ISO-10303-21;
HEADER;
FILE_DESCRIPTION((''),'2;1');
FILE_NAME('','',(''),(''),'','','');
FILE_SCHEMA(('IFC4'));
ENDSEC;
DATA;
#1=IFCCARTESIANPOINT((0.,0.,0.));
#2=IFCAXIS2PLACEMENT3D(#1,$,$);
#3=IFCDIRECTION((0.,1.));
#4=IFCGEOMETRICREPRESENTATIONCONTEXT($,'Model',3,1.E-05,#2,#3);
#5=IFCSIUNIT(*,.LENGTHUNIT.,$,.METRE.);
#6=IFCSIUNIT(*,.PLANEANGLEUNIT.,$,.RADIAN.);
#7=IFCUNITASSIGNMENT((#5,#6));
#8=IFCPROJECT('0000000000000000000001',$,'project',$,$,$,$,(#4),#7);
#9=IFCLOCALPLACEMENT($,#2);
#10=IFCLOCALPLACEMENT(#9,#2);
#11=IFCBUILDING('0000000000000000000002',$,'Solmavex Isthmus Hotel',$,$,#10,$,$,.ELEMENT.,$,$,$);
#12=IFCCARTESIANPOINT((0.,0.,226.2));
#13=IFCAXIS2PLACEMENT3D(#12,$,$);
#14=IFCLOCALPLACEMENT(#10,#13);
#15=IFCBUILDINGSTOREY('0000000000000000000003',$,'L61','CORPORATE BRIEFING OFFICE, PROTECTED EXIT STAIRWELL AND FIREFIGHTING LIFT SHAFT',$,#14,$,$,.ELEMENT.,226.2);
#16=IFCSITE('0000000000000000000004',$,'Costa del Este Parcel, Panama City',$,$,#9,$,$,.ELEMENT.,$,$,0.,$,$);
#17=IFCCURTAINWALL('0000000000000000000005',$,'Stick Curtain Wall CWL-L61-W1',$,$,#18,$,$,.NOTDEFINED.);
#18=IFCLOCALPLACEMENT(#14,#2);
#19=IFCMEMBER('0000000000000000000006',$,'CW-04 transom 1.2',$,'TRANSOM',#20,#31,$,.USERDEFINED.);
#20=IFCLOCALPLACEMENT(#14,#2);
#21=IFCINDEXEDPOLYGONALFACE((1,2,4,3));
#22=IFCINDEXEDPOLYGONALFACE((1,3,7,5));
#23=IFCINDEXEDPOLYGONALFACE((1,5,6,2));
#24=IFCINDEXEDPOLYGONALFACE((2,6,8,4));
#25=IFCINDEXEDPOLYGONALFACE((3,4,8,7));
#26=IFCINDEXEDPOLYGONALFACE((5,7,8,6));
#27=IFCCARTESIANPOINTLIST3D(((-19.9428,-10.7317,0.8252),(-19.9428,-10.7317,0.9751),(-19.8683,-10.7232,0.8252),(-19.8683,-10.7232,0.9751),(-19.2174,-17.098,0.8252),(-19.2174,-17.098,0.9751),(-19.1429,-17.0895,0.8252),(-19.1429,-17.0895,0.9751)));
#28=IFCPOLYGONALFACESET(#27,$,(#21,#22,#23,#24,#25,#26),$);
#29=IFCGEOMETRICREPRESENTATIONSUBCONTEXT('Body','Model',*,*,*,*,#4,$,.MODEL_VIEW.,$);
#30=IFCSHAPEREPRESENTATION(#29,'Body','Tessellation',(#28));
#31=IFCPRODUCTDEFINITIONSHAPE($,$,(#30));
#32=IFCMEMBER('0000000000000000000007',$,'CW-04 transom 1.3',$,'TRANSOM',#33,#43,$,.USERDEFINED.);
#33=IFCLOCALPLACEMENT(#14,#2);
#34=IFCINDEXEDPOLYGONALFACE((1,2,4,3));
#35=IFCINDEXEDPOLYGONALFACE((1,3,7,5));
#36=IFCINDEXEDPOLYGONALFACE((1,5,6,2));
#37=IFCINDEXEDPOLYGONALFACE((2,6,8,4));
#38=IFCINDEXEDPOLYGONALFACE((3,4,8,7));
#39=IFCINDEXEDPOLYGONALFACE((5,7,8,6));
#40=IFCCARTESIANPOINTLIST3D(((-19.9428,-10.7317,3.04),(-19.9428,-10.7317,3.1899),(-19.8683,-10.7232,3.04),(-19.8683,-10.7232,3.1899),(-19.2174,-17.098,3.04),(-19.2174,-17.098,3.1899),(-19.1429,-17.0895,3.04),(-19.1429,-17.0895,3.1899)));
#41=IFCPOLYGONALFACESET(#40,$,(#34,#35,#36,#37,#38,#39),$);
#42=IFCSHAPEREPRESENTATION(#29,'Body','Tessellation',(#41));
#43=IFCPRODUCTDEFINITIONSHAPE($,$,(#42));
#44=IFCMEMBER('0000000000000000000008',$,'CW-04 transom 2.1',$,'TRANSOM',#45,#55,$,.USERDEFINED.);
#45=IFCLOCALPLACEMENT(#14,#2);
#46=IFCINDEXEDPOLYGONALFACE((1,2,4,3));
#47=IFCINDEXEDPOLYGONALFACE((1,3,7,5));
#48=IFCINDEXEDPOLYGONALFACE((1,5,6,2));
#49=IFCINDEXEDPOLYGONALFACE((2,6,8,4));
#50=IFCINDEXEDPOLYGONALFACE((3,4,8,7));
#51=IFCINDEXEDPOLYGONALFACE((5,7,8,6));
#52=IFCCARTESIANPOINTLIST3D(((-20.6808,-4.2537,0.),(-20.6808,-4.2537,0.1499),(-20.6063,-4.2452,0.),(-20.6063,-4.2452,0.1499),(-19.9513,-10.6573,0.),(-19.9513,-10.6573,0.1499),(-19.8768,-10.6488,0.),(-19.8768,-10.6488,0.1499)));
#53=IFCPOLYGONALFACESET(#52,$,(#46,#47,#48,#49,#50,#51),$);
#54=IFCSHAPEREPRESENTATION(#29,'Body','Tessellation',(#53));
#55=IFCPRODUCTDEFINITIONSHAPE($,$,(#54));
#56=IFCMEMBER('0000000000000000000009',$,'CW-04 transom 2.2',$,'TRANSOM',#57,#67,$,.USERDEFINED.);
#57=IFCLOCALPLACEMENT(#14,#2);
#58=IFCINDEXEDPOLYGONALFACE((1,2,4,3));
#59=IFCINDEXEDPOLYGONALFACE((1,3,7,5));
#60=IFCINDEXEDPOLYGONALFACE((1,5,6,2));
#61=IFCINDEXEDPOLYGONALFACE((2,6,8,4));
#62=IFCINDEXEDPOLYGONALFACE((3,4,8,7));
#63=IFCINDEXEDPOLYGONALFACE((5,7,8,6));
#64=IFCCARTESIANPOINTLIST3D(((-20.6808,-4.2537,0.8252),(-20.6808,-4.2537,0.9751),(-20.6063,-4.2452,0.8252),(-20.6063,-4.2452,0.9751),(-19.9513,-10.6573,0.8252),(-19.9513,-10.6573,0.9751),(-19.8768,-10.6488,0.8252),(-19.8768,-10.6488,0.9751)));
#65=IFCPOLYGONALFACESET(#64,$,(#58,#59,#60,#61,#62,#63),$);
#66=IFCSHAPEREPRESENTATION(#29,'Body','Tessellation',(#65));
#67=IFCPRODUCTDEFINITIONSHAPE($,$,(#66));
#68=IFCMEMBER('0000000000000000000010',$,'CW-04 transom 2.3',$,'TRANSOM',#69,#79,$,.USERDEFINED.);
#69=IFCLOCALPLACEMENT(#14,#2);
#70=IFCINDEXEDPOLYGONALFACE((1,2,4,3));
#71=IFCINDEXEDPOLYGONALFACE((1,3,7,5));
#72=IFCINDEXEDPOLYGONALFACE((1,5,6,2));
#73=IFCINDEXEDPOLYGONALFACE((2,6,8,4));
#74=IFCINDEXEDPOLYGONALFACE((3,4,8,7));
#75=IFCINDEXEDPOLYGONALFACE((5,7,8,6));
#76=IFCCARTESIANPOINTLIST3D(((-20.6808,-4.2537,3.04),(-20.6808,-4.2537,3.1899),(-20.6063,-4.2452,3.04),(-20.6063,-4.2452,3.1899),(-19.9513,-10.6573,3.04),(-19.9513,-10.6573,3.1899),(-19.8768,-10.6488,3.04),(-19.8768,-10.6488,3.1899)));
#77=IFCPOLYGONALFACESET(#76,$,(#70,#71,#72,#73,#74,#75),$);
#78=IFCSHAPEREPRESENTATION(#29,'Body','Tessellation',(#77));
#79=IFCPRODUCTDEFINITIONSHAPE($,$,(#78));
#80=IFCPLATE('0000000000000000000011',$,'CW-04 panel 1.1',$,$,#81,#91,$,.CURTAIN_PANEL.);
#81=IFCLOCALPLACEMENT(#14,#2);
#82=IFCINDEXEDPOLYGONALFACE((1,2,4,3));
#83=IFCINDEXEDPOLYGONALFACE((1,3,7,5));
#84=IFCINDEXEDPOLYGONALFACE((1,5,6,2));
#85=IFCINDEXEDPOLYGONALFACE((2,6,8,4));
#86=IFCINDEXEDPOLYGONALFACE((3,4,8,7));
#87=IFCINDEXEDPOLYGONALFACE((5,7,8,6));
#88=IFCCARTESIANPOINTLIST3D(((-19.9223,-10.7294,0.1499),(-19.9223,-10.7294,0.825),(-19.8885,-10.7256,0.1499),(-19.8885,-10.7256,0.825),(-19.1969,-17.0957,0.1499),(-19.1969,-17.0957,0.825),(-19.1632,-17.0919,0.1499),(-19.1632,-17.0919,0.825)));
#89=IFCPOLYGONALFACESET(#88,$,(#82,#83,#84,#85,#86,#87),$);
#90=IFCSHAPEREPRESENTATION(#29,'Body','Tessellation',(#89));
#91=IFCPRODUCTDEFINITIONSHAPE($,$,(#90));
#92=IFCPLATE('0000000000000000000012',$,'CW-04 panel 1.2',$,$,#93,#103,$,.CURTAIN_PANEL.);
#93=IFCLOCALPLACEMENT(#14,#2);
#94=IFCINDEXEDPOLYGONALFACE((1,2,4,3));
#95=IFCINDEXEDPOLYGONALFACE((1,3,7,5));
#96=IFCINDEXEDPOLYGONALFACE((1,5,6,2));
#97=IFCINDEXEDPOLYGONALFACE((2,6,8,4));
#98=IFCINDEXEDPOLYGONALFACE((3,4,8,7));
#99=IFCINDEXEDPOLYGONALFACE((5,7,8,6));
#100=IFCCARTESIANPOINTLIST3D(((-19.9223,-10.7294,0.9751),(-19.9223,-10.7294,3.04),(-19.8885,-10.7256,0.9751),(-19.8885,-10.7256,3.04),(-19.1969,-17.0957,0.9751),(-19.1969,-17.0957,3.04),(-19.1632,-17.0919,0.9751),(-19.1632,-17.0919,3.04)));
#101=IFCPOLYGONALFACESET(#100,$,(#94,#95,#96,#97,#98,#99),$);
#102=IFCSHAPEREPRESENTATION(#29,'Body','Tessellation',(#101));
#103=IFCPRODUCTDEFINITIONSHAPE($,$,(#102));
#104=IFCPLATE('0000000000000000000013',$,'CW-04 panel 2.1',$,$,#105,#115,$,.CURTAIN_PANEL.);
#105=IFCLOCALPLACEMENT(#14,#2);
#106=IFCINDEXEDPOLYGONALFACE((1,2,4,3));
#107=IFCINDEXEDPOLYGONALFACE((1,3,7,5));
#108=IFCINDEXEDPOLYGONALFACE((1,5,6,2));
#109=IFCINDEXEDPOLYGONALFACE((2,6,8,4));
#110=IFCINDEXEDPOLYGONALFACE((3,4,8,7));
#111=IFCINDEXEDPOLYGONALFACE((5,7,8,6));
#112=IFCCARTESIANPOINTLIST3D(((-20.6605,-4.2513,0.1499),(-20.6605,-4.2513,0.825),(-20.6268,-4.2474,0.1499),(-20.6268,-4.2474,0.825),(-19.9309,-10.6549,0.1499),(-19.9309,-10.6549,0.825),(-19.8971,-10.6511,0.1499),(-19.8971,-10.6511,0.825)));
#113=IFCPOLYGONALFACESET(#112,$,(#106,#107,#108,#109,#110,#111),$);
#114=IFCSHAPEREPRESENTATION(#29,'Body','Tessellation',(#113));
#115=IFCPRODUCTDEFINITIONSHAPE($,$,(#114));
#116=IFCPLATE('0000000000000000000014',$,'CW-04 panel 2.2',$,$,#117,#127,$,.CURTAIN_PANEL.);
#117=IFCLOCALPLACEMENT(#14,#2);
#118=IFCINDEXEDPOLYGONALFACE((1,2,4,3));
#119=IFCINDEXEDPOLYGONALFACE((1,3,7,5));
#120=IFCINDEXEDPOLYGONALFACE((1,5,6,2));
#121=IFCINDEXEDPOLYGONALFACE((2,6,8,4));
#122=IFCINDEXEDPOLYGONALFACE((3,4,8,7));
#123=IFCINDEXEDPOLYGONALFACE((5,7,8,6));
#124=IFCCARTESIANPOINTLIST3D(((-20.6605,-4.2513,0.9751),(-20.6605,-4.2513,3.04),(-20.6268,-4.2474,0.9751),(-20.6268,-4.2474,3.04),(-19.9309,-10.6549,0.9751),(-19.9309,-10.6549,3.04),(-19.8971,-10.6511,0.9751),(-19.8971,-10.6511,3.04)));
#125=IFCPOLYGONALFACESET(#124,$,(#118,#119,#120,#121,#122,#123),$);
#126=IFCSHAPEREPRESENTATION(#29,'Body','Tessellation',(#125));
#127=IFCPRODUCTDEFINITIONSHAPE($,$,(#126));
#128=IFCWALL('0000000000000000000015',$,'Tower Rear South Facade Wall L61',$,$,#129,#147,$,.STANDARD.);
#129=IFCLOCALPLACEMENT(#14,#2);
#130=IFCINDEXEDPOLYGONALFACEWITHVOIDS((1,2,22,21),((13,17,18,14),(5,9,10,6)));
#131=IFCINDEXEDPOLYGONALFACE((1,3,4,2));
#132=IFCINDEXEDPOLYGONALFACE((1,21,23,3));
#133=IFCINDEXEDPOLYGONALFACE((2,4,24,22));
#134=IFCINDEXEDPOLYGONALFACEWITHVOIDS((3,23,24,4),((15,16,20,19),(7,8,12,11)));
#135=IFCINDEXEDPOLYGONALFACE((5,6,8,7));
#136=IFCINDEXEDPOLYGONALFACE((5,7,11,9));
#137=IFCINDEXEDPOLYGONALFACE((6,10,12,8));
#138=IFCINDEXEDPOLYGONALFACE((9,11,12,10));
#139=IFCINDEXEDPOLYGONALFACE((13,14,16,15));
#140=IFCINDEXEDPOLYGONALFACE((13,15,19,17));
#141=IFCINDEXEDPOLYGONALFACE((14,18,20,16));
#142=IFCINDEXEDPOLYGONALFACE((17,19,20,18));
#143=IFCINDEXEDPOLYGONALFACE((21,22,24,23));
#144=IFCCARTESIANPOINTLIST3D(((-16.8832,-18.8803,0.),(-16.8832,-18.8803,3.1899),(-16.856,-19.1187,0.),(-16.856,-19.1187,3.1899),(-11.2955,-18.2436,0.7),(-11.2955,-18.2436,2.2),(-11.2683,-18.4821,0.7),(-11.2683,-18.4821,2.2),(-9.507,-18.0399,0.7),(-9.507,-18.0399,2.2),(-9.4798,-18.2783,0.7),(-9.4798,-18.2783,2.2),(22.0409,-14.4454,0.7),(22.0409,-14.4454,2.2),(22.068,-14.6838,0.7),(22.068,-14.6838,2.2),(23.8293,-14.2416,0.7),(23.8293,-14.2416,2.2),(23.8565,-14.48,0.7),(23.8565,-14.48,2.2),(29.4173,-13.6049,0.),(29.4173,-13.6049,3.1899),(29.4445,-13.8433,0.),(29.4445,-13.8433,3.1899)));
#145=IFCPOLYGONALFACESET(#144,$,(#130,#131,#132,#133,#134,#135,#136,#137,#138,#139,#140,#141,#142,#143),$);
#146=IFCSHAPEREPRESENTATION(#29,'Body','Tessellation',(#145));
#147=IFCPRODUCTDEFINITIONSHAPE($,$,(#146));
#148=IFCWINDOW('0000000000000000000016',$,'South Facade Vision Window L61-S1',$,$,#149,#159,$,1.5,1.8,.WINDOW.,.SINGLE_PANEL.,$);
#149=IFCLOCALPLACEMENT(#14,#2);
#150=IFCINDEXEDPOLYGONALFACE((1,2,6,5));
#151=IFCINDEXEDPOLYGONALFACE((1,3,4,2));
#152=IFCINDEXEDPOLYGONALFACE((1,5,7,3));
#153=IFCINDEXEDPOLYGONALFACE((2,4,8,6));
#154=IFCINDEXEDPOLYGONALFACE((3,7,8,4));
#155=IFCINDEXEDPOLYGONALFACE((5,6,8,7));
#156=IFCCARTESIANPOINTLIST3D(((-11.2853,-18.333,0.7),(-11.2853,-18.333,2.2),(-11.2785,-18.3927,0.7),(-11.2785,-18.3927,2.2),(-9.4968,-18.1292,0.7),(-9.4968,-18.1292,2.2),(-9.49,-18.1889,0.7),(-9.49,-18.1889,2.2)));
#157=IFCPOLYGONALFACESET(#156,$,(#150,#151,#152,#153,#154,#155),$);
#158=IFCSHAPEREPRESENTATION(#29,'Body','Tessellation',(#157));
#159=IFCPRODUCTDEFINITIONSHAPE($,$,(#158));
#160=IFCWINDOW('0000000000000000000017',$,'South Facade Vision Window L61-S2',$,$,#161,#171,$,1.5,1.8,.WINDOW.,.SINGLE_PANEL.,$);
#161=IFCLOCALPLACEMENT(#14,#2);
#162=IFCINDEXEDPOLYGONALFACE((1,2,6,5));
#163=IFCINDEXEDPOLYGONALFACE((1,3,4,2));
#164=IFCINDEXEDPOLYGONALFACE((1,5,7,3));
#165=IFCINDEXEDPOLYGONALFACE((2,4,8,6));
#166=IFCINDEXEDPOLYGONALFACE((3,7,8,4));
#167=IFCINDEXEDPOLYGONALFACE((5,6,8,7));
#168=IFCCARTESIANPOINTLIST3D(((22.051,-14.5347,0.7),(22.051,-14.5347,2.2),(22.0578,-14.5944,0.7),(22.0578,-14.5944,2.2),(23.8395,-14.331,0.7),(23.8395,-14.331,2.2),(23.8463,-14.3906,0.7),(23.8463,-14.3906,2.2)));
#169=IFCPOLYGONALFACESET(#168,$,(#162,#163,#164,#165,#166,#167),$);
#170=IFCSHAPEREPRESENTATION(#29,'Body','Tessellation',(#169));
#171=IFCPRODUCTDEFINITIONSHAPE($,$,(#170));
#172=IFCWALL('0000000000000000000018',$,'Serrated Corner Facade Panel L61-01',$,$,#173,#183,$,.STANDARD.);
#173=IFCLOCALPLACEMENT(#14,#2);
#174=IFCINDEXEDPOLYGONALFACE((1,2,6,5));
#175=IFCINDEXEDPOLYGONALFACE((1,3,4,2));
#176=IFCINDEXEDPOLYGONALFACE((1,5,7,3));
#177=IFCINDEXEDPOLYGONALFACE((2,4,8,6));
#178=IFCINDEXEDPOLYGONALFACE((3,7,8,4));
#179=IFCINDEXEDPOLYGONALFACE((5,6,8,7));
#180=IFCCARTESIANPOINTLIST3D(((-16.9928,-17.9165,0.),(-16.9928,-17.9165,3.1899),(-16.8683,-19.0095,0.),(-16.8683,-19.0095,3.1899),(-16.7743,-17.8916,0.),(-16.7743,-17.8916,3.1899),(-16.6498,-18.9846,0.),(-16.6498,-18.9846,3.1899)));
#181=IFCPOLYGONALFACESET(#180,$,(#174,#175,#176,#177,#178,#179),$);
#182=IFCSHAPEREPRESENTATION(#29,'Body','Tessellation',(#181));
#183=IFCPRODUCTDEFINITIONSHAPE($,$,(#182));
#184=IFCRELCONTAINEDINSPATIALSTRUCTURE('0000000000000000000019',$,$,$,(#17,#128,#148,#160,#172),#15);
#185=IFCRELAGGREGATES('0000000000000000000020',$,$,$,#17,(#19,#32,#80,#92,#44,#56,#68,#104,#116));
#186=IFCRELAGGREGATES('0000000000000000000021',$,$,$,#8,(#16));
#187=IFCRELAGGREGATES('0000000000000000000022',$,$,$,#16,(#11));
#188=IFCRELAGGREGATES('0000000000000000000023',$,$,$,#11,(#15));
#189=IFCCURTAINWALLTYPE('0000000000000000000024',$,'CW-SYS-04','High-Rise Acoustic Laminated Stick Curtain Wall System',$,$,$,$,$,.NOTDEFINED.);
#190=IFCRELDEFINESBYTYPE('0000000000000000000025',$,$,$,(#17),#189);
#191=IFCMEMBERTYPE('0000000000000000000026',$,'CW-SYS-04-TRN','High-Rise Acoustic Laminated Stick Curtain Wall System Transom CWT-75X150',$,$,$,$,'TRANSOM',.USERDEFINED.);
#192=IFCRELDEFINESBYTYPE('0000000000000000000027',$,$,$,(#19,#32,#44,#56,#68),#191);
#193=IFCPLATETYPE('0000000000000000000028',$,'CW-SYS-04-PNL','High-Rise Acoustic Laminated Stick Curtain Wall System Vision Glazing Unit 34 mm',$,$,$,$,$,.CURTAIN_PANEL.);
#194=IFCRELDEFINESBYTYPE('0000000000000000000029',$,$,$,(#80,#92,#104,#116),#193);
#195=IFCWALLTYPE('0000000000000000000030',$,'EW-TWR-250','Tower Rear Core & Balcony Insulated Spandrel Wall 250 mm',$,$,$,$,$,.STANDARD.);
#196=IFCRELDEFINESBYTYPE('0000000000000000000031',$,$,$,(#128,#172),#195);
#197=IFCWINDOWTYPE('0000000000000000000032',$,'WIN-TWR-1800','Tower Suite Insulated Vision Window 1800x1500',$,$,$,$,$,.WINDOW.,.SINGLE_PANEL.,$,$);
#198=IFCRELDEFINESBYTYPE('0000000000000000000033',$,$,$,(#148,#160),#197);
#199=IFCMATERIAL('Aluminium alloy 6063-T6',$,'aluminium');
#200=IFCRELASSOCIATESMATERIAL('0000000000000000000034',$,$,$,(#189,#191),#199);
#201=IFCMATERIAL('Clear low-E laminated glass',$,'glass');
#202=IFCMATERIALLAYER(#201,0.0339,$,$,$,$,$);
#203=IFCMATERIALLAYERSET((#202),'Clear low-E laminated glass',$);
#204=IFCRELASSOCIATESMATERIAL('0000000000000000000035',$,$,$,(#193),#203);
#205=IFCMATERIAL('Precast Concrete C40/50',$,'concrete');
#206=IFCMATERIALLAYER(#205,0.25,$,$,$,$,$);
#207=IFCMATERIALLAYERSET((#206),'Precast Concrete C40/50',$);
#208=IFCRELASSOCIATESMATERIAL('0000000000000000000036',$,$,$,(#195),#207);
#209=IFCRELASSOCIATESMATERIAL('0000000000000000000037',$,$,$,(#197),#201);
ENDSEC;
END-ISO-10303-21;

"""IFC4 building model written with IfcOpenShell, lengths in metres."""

from ifc_helpers import new_model, si_unit, direction, frame, frame_2d, origin, origin_2d, place, context, subcontext, project, spatial, rectangle, extrude, material, layer, layer_set, material_profile, profile_set, type_object, element, fill, aggregate, save


model = new_model("IFC4")

# Units and contexts
model_context = context("Model", 3, precision=1e-05, world=origin(), true_north=direction((0.0, 1.0)))
body_context = subcontext(model_context, "Body", "Model", "MODEL_VIEW")
ifc_project = project(units=[si_unit("LENGTHUNIT", "METRE"), si_unit("PLANEANGLEUNIT", "RADIAN")], contexts=[model_context])

# Site, building, storey
site_placement = place(None, origin())
site = spatial("IfcSite", under=ifc_project, at=site_placement, Name="Costa del Este Parcel, Panama City", CompositionType="ELEMENT", RefElevation=0.0)
building_placement = place(site_placement, origin())
building = spatial("IfcBuilding", under=site, at=building_placement, Name="Solmavex Isthmus Hotel", CompositionType="ELEMENT")
storey_placement = place(building_placement, frame((0.0, 0.0, 226.2)))
storey = spatial("IfcBuildingStorey", under=building, at=storey_placement, Name="L61", Description="CORPORATE BRIEFING OFFICE, PROTECTED EXIT STAIRWELL AND FIREFIGHTING LIFT SHAFT", CompositionType="ELEMENT", Elevation=226.2)

# Curtain wall, members, plates
ifc_material_1 = material(Name="Aluminium alloy 6063-T6", Category="aluminium")
curtain_wall_type = type_object("IfcCurtainWallType", Name="CW-SYS-04", Description="High-Rise Acoustic Laminated Stick Curtain Wall System", PredefinedType="NOTDEFINED", material=ifc_material_1)
curtain_wall_placement = place(storey_placement, origin())
curtain_wall = element("IfcCurtainWall", 1, at=curtain_wall_placement, inside=storey, type_object=curtain_wall_type, Name="Stick Curtain Wall CWL-L61-W1", PredefinedType="NOTDEFINED")
ifc_material_profile_1 = material_profile(ifc_material_1, rectangle(XDim=0.075, YDim=0.1499, at=origin_2d()), Name="CWT-75X150")
ifc_profile_set_1 = profile_set([ifc_material_profile_1], Name="Aluminium alloy 6063-T6")
member_type_1 = type_object("IfcMemberType", Name="CW-SYS-04-TRN", Description="High-Rise Acoustic Laminated Stick Curtain Wall System Transom CWT-75X150", ElementType="TRANSOM", PredefinedType="USERDEFINED", material=ifc_profile_set_1)
member_1_placement = place(storey_placement, frame((-19.1802, -17.0938, 0.9001), z_axis=(-0.113204, 0.993572, 0.0), x_axis=(-0.993572, -0.113204, 0.0)))
member_1 = element("IfcMember", 2, at=member_1_placement, type_object=member_type_1, Name="CW-04 transom 1.2", ObjectType="TRANSOM", PredefinedType="USERDEFINED", context=body_context, shape_type="SweptSolid", body=[
    extrude(rectangle(XDim=0.075, YDim=0.1499, at=origin_2d()), origin(), (0.0, 0.0, 1.0), 6.4075),
])
member_2_placement = place(storey_placement, frame((-19.1802, -17.0938, 3.115), z_axis=(-0.113204, 0.993572, 0.0), x_axis=(-0.993572, -0.113204, 0.0)))
member_2 = element("IfcMember", 3, at=member_2_placement, type_object=member_type_1, Name="CW-04 transom 1.3", ObjectType="TRANSOM", PredefinedType="USERDEFINED", context=body_context, shape_type="SweptSolid", body=[
    extrude(rectangle(XDim=0.075, YDim=0.1499, at=origin_2d()), origin(), (0.0, 0.0, 1.0), 6.4075),
])
member_3_placement = place(storey_placement, frame((-19.9141, -10.6531, 0.075), z_axis=(-0.113188, 0.993574, 0.0), x_axis=(-0.993574, -0.113188, 0.0)))
member_3 = element("IfcMember", 4, at=member_3_placement, type_object=member_type_1, Name="CW-04 transom 2.1", ObjectType="TRANSOM", PredefinedType="USERDEFINED", context=body_context, shape_type="SweptSolid", body=[
    extrude(rectangle(XDim=0.075, YDim=0.1499, at=origin_2d()), origin(), (0.0, 0.0, 1.0), 6.4451),
])
member_4_placement = place(storey_placement, frame((-19.9141, -10.6531, 0.9001), z_axis=(-0.113188, 0.993574, 0.0), x_axis=(-0.993574, -0.113188, 0.0)))
member_4 = element("IfcMember", 5, at=member_4_placement, type_object=member_type_1, Name="CW-04 transom 2.2", ObjectType="TRANSOM", PredefinedType="USERDEFINED", context=body_context, shape_type="SweptSolid", body=[
    extrude(rectangle(XDim=0.075, YDim=0.1499, at=origin_2d()), origin(), (0.0, 0.0, 1.0), 6.4451),
])
member_5_placement = place(storey_placement, frame((-19.9141, -10.6531, 3.115), z_axis=(-0.113188, 0.993574, 0.0), x_axis=(-0.993574, -0.113188, 0.0)))
member_5 = element("IfcMember", 6, at=member_5_placement, type_object=member_type_1, Name="CW-04 transom 2.3", ObjectType="TRANSOM", PredefinedType="USERDEFINED", context=body_context, shape_type="SweptSolid", body=[
    extrude(rectangle(XDim=0.075, YDim=0.1499, at=origin_2d()), origin(), (0.0, 0.0, 1.0), 6.4451),
])
ifc_material_2 = material(Name="Clear low-E laminated glass", Category="glass")
ifc_layer_1 = layer(ifc_material_2, 0.0339)
ifc_layer_set_1 = layer_set([ifc_layer_1], Name="Clear low-E laminated glass")
plate_type = type_object("IfcPlateType", Name="CW-SYS-04-PNL", Description="High-Rise Acoustic Laminated Stick Curtain Wall System Vision Glazing Unit 34 mm", PredefinedType="CURTAIN_PANEL", material=ifc_layer_set_1)
plate_1_placement = place(storey_placement, frame((-19.5427, -13.9106, 0.1499), z_axis=(0.0, 0.0, 1.0), x_axis=(-0.113203, 0.993572, 0.0)))
plate_1 = element("IfcPlate", 7, at=plate_1_placement, type_object=plate_type, Name="CW-04 panel 1.1", PredefinedType="CURTAIN_PANEL", context=body_context, shape_type="SweptSolid", body=[
    extrude(rectangle(XDim=6.4075, YDim=0.0339, at=origin_2d()), origin(), (0.0, 0.0, 1.0), 0.675),
])
plate_2_placement = place(storey_placement, frame((-19.5427, -13.9106, 0.9751), z_axis=(0.0, 0.0, 1.0), x_axis=(-0.113203, 0.993572, 0.0)))
plate_2 = element("IfcPlate", 8, at=plate_2_placement, type_object=plate_type, Name="CW-04 panel 1.2", PredefinedType="CURTAIN_PANEL", context=body_context, shape_type="SweptSolid", body=[
    extrude(rectangle(XDim=6.4075, YDim=0.0339, at=origin_2d()), origin(), (0.0, 0.0, 1.0), 2.0649),
])
plate_3_placement = place(storey_placement, frame((-20.2788, -7.4512, 0.1499), z_axis=(0.0, 0.0, 1.0), x_axis=(-0.113203, 0.993572, 0.0)))
plate_3 = element("IfcPlate", 9, at=plate_3_placement, type_object=plate_type, Name="CW-04 panel 2.1", PredefinedType="CURTAIN_PANEL", context=body_context, shape_type="SweptSolid", body=[
    extrude(rectangle(XDim=6.4451, YDim=0.0339, at=origin_2d()), origin(), (0.0, 0.0, 1.0), 0.675),
])
plate_4_placement = place(storey_placement, frame((-20.2788, -7.4512, 0.9751), z_axis=(0.0, 0.0, 1.0), x_axis=(-0.113203, 0.993572, 0.0)))
plate_4 = element("IfcPlate", 10, at=plate_4_placement, type_object=plate_type, Name="CW-04 panel 2.2", PredefinedType="CURTAIN_PANEL", context=body_context, shape_type="SweptSolid", body=[
    extrude(rectangle(XDim=6.4451, YDim=0.0339, at=origin_2d()), origin(), (0.0, 0.0, 1.0), 2.0649),
])
aggregate(curtain_wall, [member_1, member_2, plate_1, plate_2, member_3, member_4, member_5, plate_3, plate_4])

# Wall, openings, windows
ifc_material_3 = material(Name="Precast Concrete C40/50", Category="concrete")
ifc_layer_2 = layer(ifc_material_3, 0.25)
ifc_layer_set_2 = layer_set([ifc_layer_2], Name="Precast Concrete C40/50")
wall_type_1 = type_object("IfcWallType", Name="EW-TWR-250", Description="Tower Rear Core & Balcony Insulated Spandrel Wall 250 mm", PredefinedType="STANDARD", material=ifc_layer_set_2)
wall_1_placement = place(storey_placement, frame((-16.8696, -18.9995, 0.0), z_axis=(0.0, 0.0, 1.0), x_axis=(0.993572, 0.113206, 0.0)))
wall_1 = element("IfcWall", 11, at=wall_1_placement, inside=storey, type_object=wall_type_1, Name="Tower Rear South Facade Wall L61", PredefinedType="STANDARD", context=body_context, shape_type="SweptSolid", body=[
    extrude(rectangle(XDim=46.6001, YDim=0.24, at=frame_2d((23.3, 0.0))), origin(), (0.0, 0.0, 1.0), 3.1899),
])
opening_1_placement = place(wall_1_placement, frame((5.624, 0.0, 0.7)))
opening_1 = element("IfcOpeningElement", 12, at=opening_1_placement, cuts=wall_1, PredefinedType="OPENING", context=body_context, shape_type="SweptSolid", body=[
    extrude(rectangle(XDim=1.8, YDim=1.5, at=frame_2d((0.8999, 0.75))), frame((0.0, 0.1299, 0.0), z_axis=(0.0, -1.0, 0.0), x_axis=(1.0, 0.0, 0.0)), (0.0, 0.0, 1.0), 0.26),
])
opening_2_placement = place(wall_1_placement, frame((39.176, 0.0, 0.7)))
opening_2 = element("IfcOpeningElement", 13, at=opening_2_placement, cuts=wall_1, PredefinedType="OPENING", context=body_context, shape_type="SweptSolid", body=[
    extrude(rectangle(XDim=1.8, YDim=1.5, at=frame_2d((0.8999, 0.75))), frame((0.0, 0.1299, 0.0), z_axis=(0.0, -1.0, 0.0), x_axis=(1.0, 0.0, 0.0)), (0.0, 0.0, 1.0), 0.26),
])
window_type = type_object("IfcWindowType", Name="WIN-TWR-1800", Description="Tower Suite Insulated Vision Window 1800x1500", PartitioningType="SINGLE_PANEL", PredefinedType="WINDOW", material=ifc_material_2)
window_1_placement = place(opening_1_placement, origin())
window_1 = element("IfcWindow", 14, at=window_1_placement, inside=storey, type_object=window_type, Name="South Facade Vision Window L61-S1", OverallHeight=1.5, OverallWidth=1.8, PartitioningType="SINGLE_PANEL", PredefinedType="WINDOW", context=body_context, shape_type="SweptSolid", body=[
    extrude(rectangle(XDim=1.8, YDim=1.5, at=frame_2d((0.8999, 0.75))), frame((0.0, 0.03, 0.0), z_axis=(0.0, -1.0, 0.0), x_axis=(1.0, 0.0, 0.0)), (0.0, 0.0, 1.0), 0.0601),
])
fill(opening_1, window_1)
window_2_placement = place(opening_2_placement, origin())
window_2 = element("IfcWindow", 15, at=window_2_placement, inside=storey, type_object=window_type, Name="South Facade Vision Window L61-S2", OverallHeight=1.5, OverallWidth=1.8, PartitioningType="SINGLE_PANEL", PredefinedType="WINDOW", context=body_context, shape_type="SweptSolid", body=[
    extrude(rectangle(XDim=1.8, YDim=1.5, at=frame_2d((0.8999, 0.75))), frame((0.0, 0.03, 0.0), z_axis=(0.0, -1.0, 0.0), x_axis=(1.0, 0.0, 0.0)), (0.0, 0.0, 1.0), 0.0601),
])
fill(opening_2, window_2)

# Wall
for number, where, z_axis, x_axis, name in (
    (16, (-16.759, -18.9971, 0.0), (0.0, 0.0, 1.0), (-0.113184, 0.993574, 0.0), "Serrated Corner Facade Panel L61-01"),
):
    element("IfcWall", number, at=place(storey_placement, frame(where, z_axis=z_axis, x_axis=x_axis)), inside=storey, type_object=wall_type_1, Name=name, PredefinedType="STANDARD", context=body_context, shape_type="SweptSolid", body=[
        extrude(rectangle(XDim=1.1001, YDim=0.22, at=frame_2d((0.55, 0.0))), origin(), (0.0, 0.0, 1.0), 3.1899),
    ])

save(model, "model.ifc")
